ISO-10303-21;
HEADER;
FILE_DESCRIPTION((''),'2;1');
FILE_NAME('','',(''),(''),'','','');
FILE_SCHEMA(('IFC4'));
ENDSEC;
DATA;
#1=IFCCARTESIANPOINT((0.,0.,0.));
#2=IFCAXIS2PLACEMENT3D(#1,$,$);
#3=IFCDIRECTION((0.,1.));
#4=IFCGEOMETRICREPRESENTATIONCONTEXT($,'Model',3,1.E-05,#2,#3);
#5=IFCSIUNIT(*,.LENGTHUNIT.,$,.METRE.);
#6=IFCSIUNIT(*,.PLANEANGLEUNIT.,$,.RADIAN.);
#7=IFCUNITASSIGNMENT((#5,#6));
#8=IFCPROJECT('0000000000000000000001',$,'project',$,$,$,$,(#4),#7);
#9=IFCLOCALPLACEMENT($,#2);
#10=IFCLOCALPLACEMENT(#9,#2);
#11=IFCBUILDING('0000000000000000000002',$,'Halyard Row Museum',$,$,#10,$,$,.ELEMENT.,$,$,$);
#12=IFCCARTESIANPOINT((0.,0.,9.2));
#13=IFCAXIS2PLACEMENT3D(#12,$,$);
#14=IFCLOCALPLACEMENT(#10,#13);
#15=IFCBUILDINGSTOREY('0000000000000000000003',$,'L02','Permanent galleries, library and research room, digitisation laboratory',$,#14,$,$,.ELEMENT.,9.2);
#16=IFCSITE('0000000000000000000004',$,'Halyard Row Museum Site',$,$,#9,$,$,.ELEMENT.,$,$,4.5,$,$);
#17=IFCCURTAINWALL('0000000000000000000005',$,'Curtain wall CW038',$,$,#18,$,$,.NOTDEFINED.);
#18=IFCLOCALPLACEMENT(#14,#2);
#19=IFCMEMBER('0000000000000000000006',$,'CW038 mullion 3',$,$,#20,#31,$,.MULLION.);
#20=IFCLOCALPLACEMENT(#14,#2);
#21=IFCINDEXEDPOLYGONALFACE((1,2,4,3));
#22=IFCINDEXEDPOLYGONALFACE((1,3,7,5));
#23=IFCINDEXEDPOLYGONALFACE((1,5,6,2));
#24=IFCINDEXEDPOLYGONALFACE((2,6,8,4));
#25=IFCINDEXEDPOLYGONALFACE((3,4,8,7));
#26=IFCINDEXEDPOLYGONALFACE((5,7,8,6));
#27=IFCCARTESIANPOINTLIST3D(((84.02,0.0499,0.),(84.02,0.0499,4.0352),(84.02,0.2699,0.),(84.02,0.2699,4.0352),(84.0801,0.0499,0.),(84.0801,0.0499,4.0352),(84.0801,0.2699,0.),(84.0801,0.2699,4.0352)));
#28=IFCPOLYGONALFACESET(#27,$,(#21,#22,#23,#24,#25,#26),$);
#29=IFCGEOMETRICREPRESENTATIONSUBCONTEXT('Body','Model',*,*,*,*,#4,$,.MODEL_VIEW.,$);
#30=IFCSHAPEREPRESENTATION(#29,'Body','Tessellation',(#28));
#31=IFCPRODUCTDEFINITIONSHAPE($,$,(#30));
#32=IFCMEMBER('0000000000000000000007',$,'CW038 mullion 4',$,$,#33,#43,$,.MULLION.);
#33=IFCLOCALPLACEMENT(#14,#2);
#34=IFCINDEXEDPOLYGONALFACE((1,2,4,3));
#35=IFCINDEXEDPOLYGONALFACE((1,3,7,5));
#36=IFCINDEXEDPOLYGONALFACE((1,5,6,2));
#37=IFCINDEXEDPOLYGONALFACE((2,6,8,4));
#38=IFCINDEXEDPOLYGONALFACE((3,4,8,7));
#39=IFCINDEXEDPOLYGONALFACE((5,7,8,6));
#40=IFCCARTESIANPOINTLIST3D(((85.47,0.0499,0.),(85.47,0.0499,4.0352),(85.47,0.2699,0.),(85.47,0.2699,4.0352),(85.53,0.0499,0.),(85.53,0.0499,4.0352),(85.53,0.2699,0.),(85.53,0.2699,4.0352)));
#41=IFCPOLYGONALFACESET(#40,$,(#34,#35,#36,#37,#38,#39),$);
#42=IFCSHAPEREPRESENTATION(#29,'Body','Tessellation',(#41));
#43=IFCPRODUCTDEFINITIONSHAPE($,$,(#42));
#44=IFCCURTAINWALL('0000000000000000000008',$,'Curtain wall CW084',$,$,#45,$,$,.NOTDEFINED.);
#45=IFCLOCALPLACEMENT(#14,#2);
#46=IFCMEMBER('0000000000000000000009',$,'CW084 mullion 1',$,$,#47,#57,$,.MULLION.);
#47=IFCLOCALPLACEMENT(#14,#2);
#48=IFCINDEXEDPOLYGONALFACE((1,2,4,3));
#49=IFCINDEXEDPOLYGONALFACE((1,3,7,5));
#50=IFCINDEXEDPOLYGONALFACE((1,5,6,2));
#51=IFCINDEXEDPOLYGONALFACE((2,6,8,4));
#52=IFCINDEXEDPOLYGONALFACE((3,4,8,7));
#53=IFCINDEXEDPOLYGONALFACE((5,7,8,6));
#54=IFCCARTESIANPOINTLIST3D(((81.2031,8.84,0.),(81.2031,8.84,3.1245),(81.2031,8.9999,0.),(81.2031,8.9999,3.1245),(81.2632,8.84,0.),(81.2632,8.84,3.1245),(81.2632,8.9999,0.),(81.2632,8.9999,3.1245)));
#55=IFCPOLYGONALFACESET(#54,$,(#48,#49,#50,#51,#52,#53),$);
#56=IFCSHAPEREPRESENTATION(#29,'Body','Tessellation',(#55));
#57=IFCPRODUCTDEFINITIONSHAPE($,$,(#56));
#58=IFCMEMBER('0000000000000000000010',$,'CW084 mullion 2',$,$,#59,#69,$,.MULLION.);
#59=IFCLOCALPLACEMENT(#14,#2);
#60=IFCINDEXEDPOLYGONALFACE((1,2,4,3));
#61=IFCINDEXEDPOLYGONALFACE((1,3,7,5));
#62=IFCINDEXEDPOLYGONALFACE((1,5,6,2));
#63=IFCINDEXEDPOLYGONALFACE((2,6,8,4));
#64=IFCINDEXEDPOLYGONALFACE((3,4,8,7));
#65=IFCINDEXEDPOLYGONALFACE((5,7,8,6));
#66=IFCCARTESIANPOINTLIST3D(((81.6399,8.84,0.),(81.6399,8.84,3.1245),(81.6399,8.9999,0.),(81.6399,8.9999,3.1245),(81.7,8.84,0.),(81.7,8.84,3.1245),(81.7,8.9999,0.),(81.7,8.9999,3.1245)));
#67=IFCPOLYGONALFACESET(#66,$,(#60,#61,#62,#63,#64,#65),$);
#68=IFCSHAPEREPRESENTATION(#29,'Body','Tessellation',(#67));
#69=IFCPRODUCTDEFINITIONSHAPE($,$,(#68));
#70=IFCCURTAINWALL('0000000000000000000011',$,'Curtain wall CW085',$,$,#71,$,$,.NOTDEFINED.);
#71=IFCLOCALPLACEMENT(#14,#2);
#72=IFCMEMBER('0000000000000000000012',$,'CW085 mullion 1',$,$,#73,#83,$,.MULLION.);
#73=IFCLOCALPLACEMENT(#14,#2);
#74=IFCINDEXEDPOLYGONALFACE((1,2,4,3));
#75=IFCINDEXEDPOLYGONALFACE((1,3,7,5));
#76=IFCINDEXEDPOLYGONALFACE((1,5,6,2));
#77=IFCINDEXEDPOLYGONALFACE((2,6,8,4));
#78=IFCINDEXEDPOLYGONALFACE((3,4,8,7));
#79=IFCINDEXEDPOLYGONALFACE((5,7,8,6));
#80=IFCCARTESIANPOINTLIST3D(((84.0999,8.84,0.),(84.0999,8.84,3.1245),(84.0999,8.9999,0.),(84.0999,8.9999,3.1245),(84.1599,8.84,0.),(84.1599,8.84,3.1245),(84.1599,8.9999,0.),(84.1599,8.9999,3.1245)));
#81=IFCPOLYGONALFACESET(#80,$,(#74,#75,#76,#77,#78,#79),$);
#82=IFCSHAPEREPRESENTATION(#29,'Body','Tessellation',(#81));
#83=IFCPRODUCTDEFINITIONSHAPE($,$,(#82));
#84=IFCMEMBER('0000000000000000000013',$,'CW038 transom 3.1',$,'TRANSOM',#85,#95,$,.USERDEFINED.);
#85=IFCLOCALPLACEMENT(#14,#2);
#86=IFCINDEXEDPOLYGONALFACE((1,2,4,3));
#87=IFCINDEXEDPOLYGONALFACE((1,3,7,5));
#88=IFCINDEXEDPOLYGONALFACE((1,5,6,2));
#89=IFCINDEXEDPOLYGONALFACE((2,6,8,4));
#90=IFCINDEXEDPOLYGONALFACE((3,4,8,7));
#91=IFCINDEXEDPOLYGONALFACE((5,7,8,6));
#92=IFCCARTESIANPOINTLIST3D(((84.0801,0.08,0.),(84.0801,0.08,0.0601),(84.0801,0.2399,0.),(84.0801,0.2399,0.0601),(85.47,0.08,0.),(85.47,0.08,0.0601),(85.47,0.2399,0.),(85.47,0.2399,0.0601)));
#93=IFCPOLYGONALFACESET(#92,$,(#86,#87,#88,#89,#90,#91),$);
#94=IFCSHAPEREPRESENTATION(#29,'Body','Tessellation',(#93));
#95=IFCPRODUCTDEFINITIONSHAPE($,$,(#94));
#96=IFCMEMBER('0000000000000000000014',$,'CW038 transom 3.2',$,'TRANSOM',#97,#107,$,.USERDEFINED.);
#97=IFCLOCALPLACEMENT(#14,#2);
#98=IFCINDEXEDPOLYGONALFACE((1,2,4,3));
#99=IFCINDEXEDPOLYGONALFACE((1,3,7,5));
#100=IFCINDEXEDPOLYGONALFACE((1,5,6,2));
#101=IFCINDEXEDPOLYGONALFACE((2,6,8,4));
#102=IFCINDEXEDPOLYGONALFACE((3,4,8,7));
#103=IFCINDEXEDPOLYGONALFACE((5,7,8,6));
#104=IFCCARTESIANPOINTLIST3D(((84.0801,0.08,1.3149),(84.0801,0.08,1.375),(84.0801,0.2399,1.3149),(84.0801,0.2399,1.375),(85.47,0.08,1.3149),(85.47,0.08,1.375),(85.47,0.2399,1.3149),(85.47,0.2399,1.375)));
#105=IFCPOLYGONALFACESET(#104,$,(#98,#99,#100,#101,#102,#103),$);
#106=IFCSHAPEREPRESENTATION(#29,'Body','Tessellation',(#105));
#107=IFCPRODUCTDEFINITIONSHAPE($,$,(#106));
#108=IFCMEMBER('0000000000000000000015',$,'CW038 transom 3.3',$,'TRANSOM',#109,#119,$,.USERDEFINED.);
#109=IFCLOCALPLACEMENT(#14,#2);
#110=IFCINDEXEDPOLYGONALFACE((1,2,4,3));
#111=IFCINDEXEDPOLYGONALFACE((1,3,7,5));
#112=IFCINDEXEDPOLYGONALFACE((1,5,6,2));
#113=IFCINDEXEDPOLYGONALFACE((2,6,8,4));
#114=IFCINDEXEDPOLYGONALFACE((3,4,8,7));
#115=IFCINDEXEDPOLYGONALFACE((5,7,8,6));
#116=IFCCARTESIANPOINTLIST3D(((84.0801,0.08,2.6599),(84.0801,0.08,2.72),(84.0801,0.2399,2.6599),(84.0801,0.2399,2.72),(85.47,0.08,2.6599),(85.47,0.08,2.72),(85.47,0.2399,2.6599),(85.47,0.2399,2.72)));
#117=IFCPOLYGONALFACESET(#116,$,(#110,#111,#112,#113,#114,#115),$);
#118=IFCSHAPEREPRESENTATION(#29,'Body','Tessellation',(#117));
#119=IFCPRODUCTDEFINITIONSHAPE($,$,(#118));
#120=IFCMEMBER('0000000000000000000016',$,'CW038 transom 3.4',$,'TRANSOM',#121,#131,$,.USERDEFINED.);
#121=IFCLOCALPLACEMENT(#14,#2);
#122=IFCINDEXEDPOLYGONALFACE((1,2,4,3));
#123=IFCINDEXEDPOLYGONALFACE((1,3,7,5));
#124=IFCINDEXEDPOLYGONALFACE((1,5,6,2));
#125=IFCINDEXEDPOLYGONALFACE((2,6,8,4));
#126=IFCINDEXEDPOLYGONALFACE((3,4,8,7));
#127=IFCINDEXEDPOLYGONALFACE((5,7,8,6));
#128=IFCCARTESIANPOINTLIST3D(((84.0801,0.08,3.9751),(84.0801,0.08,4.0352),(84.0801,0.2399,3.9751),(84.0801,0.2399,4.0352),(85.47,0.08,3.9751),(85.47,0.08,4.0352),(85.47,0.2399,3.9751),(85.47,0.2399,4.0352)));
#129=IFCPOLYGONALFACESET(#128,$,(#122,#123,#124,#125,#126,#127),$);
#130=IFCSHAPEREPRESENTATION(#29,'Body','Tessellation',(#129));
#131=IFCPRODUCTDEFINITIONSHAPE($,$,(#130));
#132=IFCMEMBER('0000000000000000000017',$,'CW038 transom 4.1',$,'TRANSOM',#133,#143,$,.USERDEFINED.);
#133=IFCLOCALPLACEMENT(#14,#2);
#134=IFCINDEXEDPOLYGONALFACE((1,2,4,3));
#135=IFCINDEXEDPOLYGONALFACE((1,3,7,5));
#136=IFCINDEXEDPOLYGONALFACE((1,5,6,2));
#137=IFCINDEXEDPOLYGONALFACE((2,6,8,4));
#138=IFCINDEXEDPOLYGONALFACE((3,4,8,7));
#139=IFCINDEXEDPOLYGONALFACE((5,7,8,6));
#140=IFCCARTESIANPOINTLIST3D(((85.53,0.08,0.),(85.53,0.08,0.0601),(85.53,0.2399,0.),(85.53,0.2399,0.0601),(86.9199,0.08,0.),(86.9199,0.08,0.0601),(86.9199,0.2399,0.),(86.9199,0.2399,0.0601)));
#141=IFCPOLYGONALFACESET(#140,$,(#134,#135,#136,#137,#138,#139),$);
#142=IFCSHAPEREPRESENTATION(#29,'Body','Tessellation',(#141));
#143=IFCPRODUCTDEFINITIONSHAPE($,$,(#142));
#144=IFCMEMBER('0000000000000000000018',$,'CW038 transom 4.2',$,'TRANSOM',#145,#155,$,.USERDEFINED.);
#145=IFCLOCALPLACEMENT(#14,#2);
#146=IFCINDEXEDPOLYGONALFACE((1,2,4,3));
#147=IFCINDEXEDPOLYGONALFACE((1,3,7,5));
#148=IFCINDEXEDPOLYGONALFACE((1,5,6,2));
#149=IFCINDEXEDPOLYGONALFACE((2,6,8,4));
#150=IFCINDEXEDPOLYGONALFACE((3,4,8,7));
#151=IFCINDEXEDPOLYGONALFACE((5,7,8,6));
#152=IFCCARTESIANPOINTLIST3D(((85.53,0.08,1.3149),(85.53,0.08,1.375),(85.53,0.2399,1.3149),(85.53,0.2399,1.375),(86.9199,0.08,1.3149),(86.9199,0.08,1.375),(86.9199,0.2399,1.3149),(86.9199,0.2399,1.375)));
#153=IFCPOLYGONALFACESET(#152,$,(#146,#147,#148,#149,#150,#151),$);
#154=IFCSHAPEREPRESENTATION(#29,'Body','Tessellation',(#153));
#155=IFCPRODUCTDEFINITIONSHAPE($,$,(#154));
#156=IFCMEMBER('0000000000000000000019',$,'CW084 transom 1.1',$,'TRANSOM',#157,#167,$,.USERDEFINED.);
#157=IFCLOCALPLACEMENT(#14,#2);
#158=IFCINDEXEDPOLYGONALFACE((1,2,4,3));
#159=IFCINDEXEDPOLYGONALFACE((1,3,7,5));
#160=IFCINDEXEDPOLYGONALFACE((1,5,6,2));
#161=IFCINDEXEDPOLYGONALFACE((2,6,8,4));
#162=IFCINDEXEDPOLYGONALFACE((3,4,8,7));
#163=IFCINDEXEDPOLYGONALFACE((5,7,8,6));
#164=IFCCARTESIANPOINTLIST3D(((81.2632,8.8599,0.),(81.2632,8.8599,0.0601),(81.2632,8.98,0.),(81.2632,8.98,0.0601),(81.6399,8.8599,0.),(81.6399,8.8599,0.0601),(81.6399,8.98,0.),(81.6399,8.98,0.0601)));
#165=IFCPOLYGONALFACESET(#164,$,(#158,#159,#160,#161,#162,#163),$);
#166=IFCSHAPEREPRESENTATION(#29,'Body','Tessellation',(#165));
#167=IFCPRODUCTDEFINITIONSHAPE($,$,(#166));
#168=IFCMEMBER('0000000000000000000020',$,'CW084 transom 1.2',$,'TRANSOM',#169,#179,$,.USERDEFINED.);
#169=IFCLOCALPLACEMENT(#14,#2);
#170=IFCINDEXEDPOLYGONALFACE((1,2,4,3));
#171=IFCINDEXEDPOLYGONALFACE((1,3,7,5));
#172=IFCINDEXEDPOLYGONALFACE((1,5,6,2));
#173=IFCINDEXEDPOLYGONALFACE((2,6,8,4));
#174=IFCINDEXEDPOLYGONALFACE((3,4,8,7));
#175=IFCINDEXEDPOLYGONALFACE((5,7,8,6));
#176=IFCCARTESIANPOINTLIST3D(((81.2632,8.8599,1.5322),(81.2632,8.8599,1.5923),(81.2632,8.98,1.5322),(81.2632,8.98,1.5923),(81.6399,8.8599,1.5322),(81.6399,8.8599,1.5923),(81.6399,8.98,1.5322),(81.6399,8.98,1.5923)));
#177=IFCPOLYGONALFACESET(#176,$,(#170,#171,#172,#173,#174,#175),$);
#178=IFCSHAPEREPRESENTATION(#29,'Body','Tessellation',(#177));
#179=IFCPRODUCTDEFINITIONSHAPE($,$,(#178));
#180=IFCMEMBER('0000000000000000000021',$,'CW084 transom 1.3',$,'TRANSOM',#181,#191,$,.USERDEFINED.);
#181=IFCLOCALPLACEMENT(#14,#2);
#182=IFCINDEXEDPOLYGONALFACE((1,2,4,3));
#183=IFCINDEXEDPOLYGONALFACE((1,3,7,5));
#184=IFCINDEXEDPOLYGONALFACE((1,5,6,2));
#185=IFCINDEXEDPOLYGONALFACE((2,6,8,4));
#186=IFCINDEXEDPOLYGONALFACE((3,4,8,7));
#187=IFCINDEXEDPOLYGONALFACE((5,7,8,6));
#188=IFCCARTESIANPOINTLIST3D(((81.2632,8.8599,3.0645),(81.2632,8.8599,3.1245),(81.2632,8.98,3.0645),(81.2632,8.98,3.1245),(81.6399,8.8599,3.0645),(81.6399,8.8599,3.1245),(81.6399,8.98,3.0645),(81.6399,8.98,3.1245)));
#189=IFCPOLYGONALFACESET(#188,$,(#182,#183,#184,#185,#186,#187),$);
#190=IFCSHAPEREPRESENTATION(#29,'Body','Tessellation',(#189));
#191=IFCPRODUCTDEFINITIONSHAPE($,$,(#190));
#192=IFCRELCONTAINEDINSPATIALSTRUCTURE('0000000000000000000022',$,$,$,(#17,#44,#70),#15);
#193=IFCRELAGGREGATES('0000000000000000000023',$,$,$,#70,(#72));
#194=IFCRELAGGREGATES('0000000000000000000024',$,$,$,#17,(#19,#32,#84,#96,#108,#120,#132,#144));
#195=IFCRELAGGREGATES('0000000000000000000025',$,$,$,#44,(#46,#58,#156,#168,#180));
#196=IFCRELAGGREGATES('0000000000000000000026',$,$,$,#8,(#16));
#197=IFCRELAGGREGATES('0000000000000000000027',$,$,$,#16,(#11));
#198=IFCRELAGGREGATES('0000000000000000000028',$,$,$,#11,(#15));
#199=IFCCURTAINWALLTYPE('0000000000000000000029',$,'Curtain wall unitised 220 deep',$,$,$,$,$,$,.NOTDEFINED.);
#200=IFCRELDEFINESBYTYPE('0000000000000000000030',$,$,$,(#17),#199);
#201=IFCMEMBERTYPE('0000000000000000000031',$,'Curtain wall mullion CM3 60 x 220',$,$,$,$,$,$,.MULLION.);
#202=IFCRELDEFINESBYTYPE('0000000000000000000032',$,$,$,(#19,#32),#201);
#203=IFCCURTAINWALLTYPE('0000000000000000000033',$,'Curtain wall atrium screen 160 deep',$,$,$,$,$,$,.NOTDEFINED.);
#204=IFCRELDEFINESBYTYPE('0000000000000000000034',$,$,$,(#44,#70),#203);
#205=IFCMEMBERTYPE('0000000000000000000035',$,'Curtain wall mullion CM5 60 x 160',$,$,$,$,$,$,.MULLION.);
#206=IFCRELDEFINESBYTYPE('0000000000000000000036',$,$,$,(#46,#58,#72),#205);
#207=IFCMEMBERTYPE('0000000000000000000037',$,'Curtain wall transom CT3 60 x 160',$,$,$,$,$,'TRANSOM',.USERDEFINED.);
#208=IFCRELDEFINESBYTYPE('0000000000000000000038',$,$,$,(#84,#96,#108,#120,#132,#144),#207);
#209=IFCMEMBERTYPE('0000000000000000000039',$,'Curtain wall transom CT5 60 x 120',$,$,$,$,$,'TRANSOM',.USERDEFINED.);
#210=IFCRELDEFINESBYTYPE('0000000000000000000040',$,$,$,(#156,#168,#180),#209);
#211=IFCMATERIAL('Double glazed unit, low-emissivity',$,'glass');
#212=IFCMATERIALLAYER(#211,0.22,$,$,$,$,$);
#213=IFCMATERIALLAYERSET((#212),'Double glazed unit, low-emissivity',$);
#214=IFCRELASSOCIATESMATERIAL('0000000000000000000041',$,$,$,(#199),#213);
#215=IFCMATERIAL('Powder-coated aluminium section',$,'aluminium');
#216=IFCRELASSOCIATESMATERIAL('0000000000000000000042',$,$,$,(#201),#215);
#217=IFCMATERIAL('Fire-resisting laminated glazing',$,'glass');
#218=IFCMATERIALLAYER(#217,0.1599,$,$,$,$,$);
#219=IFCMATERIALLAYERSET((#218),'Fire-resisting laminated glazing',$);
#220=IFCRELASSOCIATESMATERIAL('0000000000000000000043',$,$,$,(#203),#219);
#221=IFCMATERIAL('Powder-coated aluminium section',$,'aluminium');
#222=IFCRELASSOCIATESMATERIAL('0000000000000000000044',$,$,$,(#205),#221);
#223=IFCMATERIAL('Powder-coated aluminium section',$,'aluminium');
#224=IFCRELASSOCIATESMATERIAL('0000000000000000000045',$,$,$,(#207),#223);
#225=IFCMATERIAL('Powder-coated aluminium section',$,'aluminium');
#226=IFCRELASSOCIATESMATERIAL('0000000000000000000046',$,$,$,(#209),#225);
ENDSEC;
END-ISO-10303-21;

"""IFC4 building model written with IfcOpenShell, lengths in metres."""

from ifc_helpers import new_model, si_unit, direction, frame, origin, origin_2d, place, context, subcontext, project, spatial, rectangle, extrude, material, layer, layer_set, material_profile, profile_set, type_object, element, aggregate, save


model = new_model("IFC4")

# Units and contexts
model_context = context("Model", 3, precision=1e-05, world=origin(), true_north=direction((0.0, 1.0)))
body_context = subcontext(model_context, "Body", "Model", "MODEL_VIEW")
ifc_project = project(units=[si_unit("LENGTHUNIT", "METRE"), si_unit("PLANEANGLEUNIT", "RADIAN")], contexts=[model_context])

# Site, building, storey
site_placement = place(None, origin())
site = spatial("IfcSite", under=ifc_project, at=site_placement, Name="Halyard Row Museum Site", CompositionType="ELEMENT", RefElevation=4.5)
building_placement = place(site_placement, origin())
building = spatial("IfcBuilding", under=site, at=building_placement, Name="Halyard Row Museum", CompositionType="ELEMENT")
storey_placement = place(building_placement, frame((0.0, 0.0, 9.2)))
storey = spatial("IfcBuildingStorey", under=building, at=storey_placement, Name="L02", Description="Permanent galleries, library and research room, digitisation laboratory", CompositionType="ELEMENT", Elevation=9.2)

# Curtain walls, members
ifc_material_1 = material(Name="Double glazed unit, low-emissivity", Category="glass")
ifc_layer_1 = layer(ifc_material_1, 0.22)
ifc_layer_set_1 = layer_set([ifc_layer_1], Name="Double glazed unit, low-emissivity")
curtain_wall_type_1 = type_object("IfcCurtainWallType", Name="Curtain wall unitised 220 deep", PredefinedType="NOTDEFINED", material=ifc_layer_set_1)
curtain_wall_1_placement = place(storey_placement, origin())
curtain_wall_1 = element("IfcCurtainWall", 1, at=curtain_wall_1_placement, inside=storey, type_object=curtain_wall_type_1, Name="Curtain wall CW038", PredefinedType="NOTDEFINED")
ifc_material_2 = material(Name="Powder-coated aluminium section", Category="aluminium")
ifc_material_profile_1 = material_profile(ifc_material_2, rectangle(XDim=0.22, YDim=0.0601, at=origin_2d()), Name="220x60 mullion")
ifc_profile_set_1 = profile_set([ifc_material_profile_1], Name="Powder-coated aluminium section")
member_type_1 = type_object("IfcMemberType", Name="Curtain wall mullion CM3 60 x 220", PredefinedType="MULLION", material=ifc_profile_set_1)
member_1_placement = place(storey_placement, frame((84.05, 0.1599, 0.0), z_axis=(0.0, 0.0, 1.0), x_axis=(0.0, 1.0, 0.0)))
member_1 = element("IfcMember", 2, at=member_1_placement, type_object=member_type_1, Name="CW038 mullion 3", PredefinedType="MULLION", context=body_context, shape_type="SweptSolid", body=[
    extrude(rectangle(XDim=0.22, YDim=0.0601, at=origin_2d()), origin(), (0.0, 0.0, 1.0), 4.0352),
])
member_2_placement = place(storey_placement, frame((85.5, 0.1599, 0.0), z_axis=(0.0, 0.0, 1.0), x_axis=(0.0, 1.0, 0.0)))
member_2 = element("IfcMember", 3, at=member_2_placement, type_object=member_type_1, Name="CW038 mullion 4", PredefinedType="MULLION", context=body_context, shape_type="SweptSolid", body=[
    extrude(rectangle(XDim=0.22, YDim=0.0601, at=origin_2d()), origin(), (0.0, 0.0, 1.0), 4.0352),
])
ifc_material_3 = material(Name="Fire-resisting laminated glazing", Category="glass")
ifc_layer_2 = layer(ifc_material_3, 0.1599)
ifc_layer_set_2 = layer_set([ifc_layer_2], Name="Fire-resisting laminated glazing")
curtain_wall_type_2 = type_object("IfcCurtainWallType", Name="Curtain wall atrium screen 160 deep", PredefinedType="NOTDEFINED", material=ifc_layer_set_2)
curtain_wall_2_placement = place(storey_placement, origin())
curtain_wall_2 = element("IfcCurtainWall", 4, at=curtain_wall_2_placement, inside=storey, type_object=curtain_wall_type_2, Name="Curtain wall CW084", PredefinedType="NOTDEFINED")
ifc_material_4 = material(Name="Powder-coated aluminium section", Category="aluminium")
ifc_material_profile_2 = material_profile(ifc_material_4, rectangle(XDim=0.1599, YDim=0.0601, at=origin_2d()), Name="160x60 mullion")
ifc_profile_set_2 = profile_set([ifc_material_profile_2], Name="Powder-coated aluminium section")
member_type_2 = type_object("IfcMemberType", Name="Curtain wall mullion CM5 60 x 160", PredefinedType="MULLION", material=ifc_profile_set_2)
member_3_placement = place(storey_placement, frame((81.2332, 8.9199, 0.0), z_axis=(0.0, 0.0, 1.0), x_axis=(0.0, 1.0, 0.0)))
member_3 = element("IfcMember", 5, at=member_3_placement, type_object=member_type_2, Name="CW084 mullion 1", PredefinedType="MULLION", context=body_context, shape_type="SweptSolid", body=[
    extrude(rectangle(XDim=0.1599, YDim=0.0601, at=origin_2d()), origin(), (0.0, 0.0, 1.0), 3.1245),
])
member_4_placement = place(storey_placement, frame((81.6699, 8.9199, 0.0), z_axis=(0.0, 0.0, 1.0), x_axis=(0.0, 1.0, 0.0)))
member_4 = element("IfcMember", 6, at=member_4_placement, type_object=member_type_2, Name="CW084 mullion 2", PredefinedType="MULLION", context=body_context, shape_type="SweptSolid", body=[
    extrude(rectangle(XDim=0.1599, YDim=0.0601, at=origin_2d()), origin(), (0.0, 0.0, 1.0), 3.1245),
])

# Curtain wall, member
curtain_wall_3_placement = place(storey_placement, origin())
curtain_wall_3 = element("IfcCurtainWall", 7, at=curtain_wall_3_placement, inside=storey, type_object=curtain_wall_type_2, Name="Curtain wall CW085", PredefinedType="NOTDEFINED")
member_5_placement = place(storey_placement, frame((84.1299, 8.9199, 0.0), z_axis=(0.0, 0.0, 1.0), x_axis=(0.0, 1.0, 0.0)))
member_5 = element("IfcMember", 8, at=member_5_placement, type_object=member_type_2, Name="CW085 mullion 1", PredefinedType="MULLION", context=body_context, shape_type="SweptSolid", body=[
    extrude(rectangle(XDim=0.1599, YDim=0.0601, at=origin_2d()), origin(), (0.0, 0.0, 1.0), 3.1245),
])

# Members
ifc_material_5 = material(Name="Powder-coated aluminium section", Category="aluminium")
ifc_material_profile_3 = material_profile(ifc_material_5, rectangle(XDim=0.1599, YDim=0.0601, at=origin_2d()), Name="160x60 transom")
ifc_profile_set_3 = profile_set([ifc_material_profile_3], Name="Powder-coated aluminium section")
member_type_3 = type_object("IfcMemberType", Name="Curtain wall transom CT3 60 x 160", ElementType="TRANSOM", PredefinedType="USERDEFINED", material=ifc_profile_set_3)
member_6_placement = place(storey_placement, frame((84.0801, 0.1599, 0.03), z_axis=(1.0, 0.0, 0.0), x_axis=(0.0, 1.0, 0.0)))
member_6 = element("IfcMember", 9, at=member_6_placement, type_object=member_type_3, Name="CW038 transom 3.1", ObjectType="TRANSOM", PredefinedType="USERDEFINED", context=body_context, shape_type="SweptSolid", body=[
    extrude(rectangle(XDim=0.1599, YDim=0.0601, at=origin_2d()), origin(), (0.0, 0.0, 1.0), 1.3899),
])
member_7_placement = place(storey_placement, frame((84.0801, 0.1599, 1.345), z_axis=(1.0, 0.0, 0.0), x_axis=(0.0, 1.0, 0.0)))
member_7 = element("IfcMember", 10, at=member_7_placement, type_object=member_type_3, Name="CW038 transom 3.2", ObjectType="TRANSOM", PredefinedType="USERDEFINED", context=body_context, shape_type="SweptSolid", body=[
    extrude(rectangle(XDim=0.1599, YDim=0.0601, at=origin_2d()), origin(), (0.0, 0.0, 1.0), 1.3899),
])
member_8_placement = place(storey_placement, frame((84.0801, 0.1599, 2.6899), z_axis=(1.0, 0.0, 0.0), x_axis=(0.0, 1.0, 0.0)))
member_8 = element("IfcMember", 11, at=member_8_placement, type_object=member_type_3, Name="CW038 transom 3.3", ObjectType="TRANSOM", PredefinedType="USERDEFINED", context=body_context, shape_type="SweptSolid", body=[
    extrude(rectangle(XDim=0.1599, YDim=0.0601, at=origin_2d()), origin(), (0.0, 0.0, 1.0), 1.3899),
])
member_9_placement = place(storey_placement, frame((84.0801, 0.1599, 4.0051), z_axis=(1.0, 0.0, 0.0), x_axis=(0.0, 1.0, 0.0)))
member_9 = element("IfcMember", 12, at=member_9_placement, type_object=member_type_3, Name="CW038 transom 3.4", ObjectType="TRANSOM", PredefinedType="USERDEFINED", context=body_context, shape_type="SweptSolid", body=[
    extrude(rectangle(XDim=0.1599, YDim=0.0601, at=origin_2d()), origin(), (0.0, 0.0, 1.0), 1.3899),
])
member_10_placement = place(storey_placement, frame((85.53, 0.1599, 0.03), z_axis=(1.0, 0.0, 0.0), x_axis=(0.0, 1.0, 0.0)))
member_10 = element("IfcMember", 13, at=member_10_placement, type_object=member_type_3, Name="CW038 transom 4.1", ObjectType="TRANSOM", PredefinedType="USERDEFINED", context=body_context, shape_type="SweptSolid", body=[
    extrude(rectangle(XDim=0.1599, YDim=0.0601, at=origin_2d()), origin(), (0.0, 0.0, 1.0), 1.3899),
])
member_11_placement = place(storey_placement, frame((85.53, 0.1599, 1.345), z_axis=(1.0, 0.0, 0.0), x_axis=(0.0, 1.0, 0.0)))
member_11 = element("IfcMember", 14, at=member_11_placement, type_object=member_type_3, Name="CW038 transom 4.2", ObjectType="TRANSOM", PredefinedType="USERDEFINED", context=body_context, shape_type="SweptSolid", body=[
    extrude(rectangle(XDim=0.1599, YDim=0.0601, at=origin_2d()), origin(), (0.0, 0.0, 1.0), 1.3899),
])
ifc_material_6 = material(Name="Powder-coated aluminium section", Category="aluminium")
ifc_material_profile_4 = material_profile(ifc_material_6, rectangle(XDim=0.1201, YDim=0.0601, at=origin_2d()), Name="120x60 transom")
ifc_profile_set_4 = profile_set([ifc_material_profile_4], Name="Powder-coated aluminium section")
member_type_4 = type_object("IfcMemberType", Name="Curtain wall transom CT5 60 x 120", ElementType="TRANSOM", PredefinedType="USERDEFINED", material=ifc_profile_set_4)
member_12_placement = place(storey_placement, frame((81.2632, 8.9199, 0.03), z_axis=(1.0, 0.0, 0.0), x_axis=(0.0, 1.0, 0.0)))
member_12 = element("IfcMember", 15, at=member_12_placement, type_object=member_type_4, Name="CW084 transom 1.1", ObjectType="TRANSOM", PredefinedType="USERDEFINED", context=body_context, shape_type="SweptSolid", body=[
    extrude(rectangle(XDim=0.1201, YDim=0.0601, at=origin_2d()), origin(), (0.0, 0.0, 1.0), 0.3767),
])
member_13_placement = place(storey_placement, frame((81.2632, 8.9199, 1.5623), z_axis=(1.0, 0.0, 0.0), x_axis=(0.0, 1.0, 0.0)))
member_13 = element("IfcMember", 16, at=member_13_placement, type_object=member_type_4, Name="CW084 transom 1.2", ObjectType="TRANSOM", PredefinedType="USERDEFINED", context=body_context, shape_type="SweptSolid", body=[
    extrude(rectangle(XDim=0.1201, YDim=0.0601, at=origin_2d()), origin(), (0.0, 0.0, 1.0), 0.3767),
])
member_14_placement = place(storey_placement, frame((81.2632, 8.9199, 3.0945), z_axis=(1.0, 0.0, 0.0), x_axis=(0.0, 1.0, 0.0)))
member_14 = element("IfcMember", 17, at=member_14_placement, type_object=member_type_4, Name="CW084 transom 1.3", ObjectType="TRANSOM", PredefinedType="USERDEFINED", context=body_context, shape_type="SweptSolid", body=[
    extrude(rectangle(XDim=0.1201, YDim=0.0601, at=origin_2d()), origin(), (0.0, 0.0, 1.0), 0.3767),
])
aggregate(curtain_wall_3, [member_5])

aggregate(curtain_wall_1, [member_1, member_2, member_6, member_7, member_8, member_9, member_10, member_11])
aggregate(curtain_wall_2, [member_3, member_4, member_12, member_13, member_14])

save(model, "model.ifc")
